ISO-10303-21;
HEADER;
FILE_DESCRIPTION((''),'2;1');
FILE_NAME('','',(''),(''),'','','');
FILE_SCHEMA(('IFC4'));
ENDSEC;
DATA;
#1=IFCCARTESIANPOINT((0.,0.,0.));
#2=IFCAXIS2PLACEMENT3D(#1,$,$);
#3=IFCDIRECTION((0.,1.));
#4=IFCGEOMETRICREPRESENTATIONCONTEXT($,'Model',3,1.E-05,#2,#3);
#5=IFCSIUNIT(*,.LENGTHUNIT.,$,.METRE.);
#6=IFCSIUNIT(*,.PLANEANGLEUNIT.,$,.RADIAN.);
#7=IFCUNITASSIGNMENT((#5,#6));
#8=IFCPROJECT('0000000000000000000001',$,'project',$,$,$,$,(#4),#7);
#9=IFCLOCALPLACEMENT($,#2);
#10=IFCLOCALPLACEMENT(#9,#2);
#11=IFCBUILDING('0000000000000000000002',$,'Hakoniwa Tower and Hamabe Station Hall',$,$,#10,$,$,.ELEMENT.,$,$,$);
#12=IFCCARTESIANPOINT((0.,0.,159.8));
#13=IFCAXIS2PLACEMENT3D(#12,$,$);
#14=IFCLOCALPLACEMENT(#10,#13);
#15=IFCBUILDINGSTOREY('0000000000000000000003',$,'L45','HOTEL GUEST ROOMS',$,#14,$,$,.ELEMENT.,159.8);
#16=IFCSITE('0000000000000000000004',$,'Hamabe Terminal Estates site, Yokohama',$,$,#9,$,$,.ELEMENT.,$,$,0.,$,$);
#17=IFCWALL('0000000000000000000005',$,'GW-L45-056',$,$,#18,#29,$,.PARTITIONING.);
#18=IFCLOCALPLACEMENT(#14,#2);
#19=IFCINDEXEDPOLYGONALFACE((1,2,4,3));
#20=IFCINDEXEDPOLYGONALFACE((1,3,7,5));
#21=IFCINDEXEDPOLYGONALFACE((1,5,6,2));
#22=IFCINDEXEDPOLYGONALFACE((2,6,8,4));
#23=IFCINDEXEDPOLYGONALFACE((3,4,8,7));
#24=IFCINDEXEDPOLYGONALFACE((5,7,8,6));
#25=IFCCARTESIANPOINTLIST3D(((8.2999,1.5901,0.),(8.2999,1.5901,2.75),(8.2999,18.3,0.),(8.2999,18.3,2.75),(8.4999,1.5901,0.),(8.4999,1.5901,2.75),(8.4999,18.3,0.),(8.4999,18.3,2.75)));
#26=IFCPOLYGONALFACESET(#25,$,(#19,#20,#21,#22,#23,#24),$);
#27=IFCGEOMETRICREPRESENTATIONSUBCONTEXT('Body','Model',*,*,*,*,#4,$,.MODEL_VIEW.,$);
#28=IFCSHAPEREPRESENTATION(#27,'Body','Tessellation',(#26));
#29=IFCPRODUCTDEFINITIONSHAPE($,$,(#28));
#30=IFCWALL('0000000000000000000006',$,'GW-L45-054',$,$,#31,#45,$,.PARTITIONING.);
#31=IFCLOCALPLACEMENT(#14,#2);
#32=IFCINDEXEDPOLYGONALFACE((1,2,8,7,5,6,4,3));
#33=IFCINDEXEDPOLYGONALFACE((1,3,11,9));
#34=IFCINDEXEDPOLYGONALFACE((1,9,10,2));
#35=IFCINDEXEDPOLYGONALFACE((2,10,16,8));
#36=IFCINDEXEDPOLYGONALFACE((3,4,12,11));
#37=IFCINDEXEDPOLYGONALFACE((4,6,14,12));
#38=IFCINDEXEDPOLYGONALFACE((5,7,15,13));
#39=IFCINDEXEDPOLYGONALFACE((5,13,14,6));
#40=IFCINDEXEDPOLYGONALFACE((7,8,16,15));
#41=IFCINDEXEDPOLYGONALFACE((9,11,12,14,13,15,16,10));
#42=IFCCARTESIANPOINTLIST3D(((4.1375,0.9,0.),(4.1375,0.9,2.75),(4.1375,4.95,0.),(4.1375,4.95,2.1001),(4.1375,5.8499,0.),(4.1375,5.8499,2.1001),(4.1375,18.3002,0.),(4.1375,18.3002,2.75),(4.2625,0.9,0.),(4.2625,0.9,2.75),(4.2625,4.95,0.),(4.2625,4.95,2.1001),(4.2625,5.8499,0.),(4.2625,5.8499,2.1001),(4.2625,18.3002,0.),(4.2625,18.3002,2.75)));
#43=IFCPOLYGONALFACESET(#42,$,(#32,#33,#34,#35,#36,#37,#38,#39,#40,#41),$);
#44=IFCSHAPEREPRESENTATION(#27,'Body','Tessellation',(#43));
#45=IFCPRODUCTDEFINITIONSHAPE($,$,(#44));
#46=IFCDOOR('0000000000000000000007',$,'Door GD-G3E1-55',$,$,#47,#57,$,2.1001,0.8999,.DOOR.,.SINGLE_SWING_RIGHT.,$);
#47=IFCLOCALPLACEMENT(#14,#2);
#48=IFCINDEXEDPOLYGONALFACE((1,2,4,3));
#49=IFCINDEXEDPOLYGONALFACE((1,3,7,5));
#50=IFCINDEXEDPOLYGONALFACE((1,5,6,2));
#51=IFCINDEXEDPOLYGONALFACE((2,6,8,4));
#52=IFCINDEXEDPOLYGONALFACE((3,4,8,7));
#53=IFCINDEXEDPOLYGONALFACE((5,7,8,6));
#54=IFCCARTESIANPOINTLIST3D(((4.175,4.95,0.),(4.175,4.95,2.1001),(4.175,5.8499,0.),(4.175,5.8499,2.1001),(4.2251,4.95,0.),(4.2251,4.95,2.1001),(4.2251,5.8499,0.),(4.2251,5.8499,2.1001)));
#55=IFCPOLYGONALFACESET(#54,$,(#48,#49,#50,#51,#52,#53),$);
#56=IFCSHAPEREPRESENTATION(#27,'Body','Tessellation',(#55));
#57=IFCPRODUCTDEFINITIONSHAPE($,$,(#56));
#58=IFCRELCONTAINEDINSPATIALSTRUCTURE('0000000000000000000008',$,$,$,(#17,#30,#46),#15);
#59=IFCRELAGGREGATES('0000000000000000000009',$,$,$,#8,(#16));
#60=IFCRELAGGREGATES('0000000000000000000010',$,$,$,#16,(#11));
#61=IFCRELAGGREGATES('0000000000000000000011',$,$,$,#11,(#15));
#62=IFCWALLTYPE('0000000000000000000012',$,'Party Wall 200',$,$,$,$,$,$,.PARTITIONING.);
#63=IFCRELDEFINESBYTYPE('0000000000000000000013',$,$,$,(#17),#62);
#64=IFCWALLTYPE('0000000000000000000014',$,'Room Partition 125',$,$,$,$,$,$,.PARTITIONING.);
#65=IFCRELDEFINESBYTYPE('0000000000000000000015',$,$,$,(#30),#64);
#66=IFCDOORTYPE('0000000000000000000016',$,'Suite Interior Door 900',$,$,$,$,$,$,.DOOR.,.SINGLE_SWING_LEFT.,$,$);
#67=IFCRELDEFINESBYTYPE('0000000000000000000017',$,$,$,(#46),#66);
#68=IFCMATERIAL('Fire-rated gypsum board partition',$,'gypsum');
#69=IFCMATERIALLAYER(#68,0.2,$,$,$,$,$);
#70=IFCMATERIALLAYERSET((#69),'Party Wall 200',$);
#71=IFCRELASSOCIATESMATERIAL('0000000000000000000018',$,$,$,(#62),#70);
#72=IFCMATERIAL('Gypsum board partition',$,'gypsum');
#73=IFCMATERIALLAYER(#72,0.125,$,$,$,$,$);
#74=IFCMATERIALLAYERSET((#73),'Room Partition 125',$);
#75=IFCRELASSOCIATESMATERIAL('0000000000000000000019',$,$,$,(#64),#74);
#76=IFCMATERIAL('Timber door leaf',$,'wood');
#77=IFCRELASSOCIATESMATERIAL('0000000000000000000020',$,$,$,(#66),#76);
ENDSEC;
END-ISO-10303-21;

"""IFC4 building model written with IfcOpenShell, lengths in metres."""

from ifc_helpers import new_model, si_unit, direction, frame, frame_2d, origin, place, context, subcontext, project, spatial, rectangle, extrude, material, layer, layer_set, type_object, element, fill, save


model = new_model("IFC4")

# Units and contexts
model_context = context("Model", 3, precision=1e-05, world=origin(), true_north=direction((0.0, 1.0)))
body_context = subcontext(model_context, "Body", "Model", "MODEL_VIEW")
ifc_project = project(units=[si_unit("LENGTHUNIT", "METRE"), si_unit("PLANEANGLEUNIT", "RADIAN")], contexts=[model_context])

# Site, building, storey
site_placement = place(None, origin())
site = spatial("IfcSite", under=ifc_project, at=site_placement, Name="Hamabe Terminal Estates site, Yokohama", CompositionType="ELEMENT", RefElevation=0.0)
building_placement = place(site_placement, origin())
building = spatial("IfcBuilding", under=site, at=building_placement, Name="Hakoniwa Tower and Hamabe Station Hall", CompositionType="ELEMENT")
storey_placement = place(building_placement, frame((0.0, 0.0, 159.8)))
storey = spatial("IfcBuildingStorey", under=building, at=storey_placement, Name="L45", Description="HOTEL GUEST ROOMS", CompositionType="ELEMENT", Elevation=159.8)

# Wall
ifc_material_1 = material(Name="Fire-rated gypsum board partition", Category="gypsum")
ifc_layer_1 = layer(ifc_material_1, 0.2)
ifc_layer_set_1 = layer_set([ifc_layer_1], Name="Party Wall 200")
wall_type_1 = type_object("IfcWallType", Name="Party Wall 200", PredefinedType="PARTITIONING", material=ifc_layer_set_1)
for number, where, z_axis, x_axis, name in (
    (1, (8.3999, 1.5901, 0.0), (0.0, 0.0, 1.0), (0.0, 1.0, 0.0), "GW-L45-056"),
):
    element("IfcWall", number, at=place(storey_placement, frame(where, z_axis=z_axis, x_axis=x_axis)), inside=storey, type_object=wall_type_1, Name=name, PredefinedType="PARTITIONING", context=body_context, shape_type="SweptSolid", body=[
        extrude(rectangle(XDim=16.71, YDim=0.2, at=frame_2d((8.355, 0.0))), origin(), (0.0, 0.0, 1.0), 2.75),
    ])

# Wall, opening, door
ifc_material_2 = material(Name="Gypsum board partition", Category="gypsum")
ifc_layer_2 = layer(ifc_material_2, 0.125)
ifc_layer_set_2 = layer_set([ifc_layer_2], Name="Room Partition 125")
wall_type_2 = type_object("IfcWallType", Name="Room Partition 125", PredefinedType="PARTITIONING", material=ifc_layer_set_2)
wall_1_placement = place(storey_placement, frame((4.2, 0.8999, 0.0), z_axis=(0.0, 0.0, 1.0), x_axis=(0.0, 1.0, 0.0)))
wall_1 = element("IfcWall", 2, at=wall_1_placement, inside=storey, type_object=wall_type_2, Name="GW-L45-054", PredefinedType="PARTITIONING", context=body_context, shape_type="SweptSolid", body=[
    extrude(rectangle(XDim=17.4001, YDim=0.125, at=frame_2d((8.7002, 0.0))), origin(), (0.0, 0.0, 1.0), 2.75),
])
opening_placement = place(wall_1_placement, frame((4.05, 0.0, 0.0)))
opening = element("IfcOpeningElement", 3, at=opening_placement, cuts=wall_1, PredefinedType="OPENING", context=body_context, shape_type="SweptSolid", body=[
    extrude(rectangle(XDim=0.8999, YDim=2.1001, at=frame_2d((0.45, 1.05))), frame((0.0, 0.0725, 0.0), z_axis=(0.0, -1.0, 0.0), x_axis=(1.0, 0.0, 0.0)), (0.0, 0.0, 1.0), 0.145),
])
ifc_material_3 = material(Name="Timber door leaf", Category="wood")
door_type = type_object("IfcDoorType", Name="Suite Interior Door 900", OperationType="SINGLE_SWING_LEFT", PredefinedType="DOOR", material=ifc_material_3)
door_placement = place(opening_placement, origin())
door = element("IfcDoor", 4, at=door_placement, inside=storey, type_object=door_type, Name="Door GD-G3E1-55", OperationType="SINGLE_SWING_RIGHT", OverallHeight=2.1001, OverallWidth=0.8999, PredefinedType="DOOR", context=body_context, shape_type="SweptSolid", body=[
    extrude(rectangle(XDim=0.8999, YDim=2.1001, at=frame_2d((0.45, 1.05))), frame((0.0, 0.0249, 0.0), z_axis=(0.0, -1.0, 0.0), x_axis=(1.0, 0.0, 0.0)), (0.0, 0.0, 1.0), 0.05),
])
fill(opening, door)

save(model, "model.ifc")
